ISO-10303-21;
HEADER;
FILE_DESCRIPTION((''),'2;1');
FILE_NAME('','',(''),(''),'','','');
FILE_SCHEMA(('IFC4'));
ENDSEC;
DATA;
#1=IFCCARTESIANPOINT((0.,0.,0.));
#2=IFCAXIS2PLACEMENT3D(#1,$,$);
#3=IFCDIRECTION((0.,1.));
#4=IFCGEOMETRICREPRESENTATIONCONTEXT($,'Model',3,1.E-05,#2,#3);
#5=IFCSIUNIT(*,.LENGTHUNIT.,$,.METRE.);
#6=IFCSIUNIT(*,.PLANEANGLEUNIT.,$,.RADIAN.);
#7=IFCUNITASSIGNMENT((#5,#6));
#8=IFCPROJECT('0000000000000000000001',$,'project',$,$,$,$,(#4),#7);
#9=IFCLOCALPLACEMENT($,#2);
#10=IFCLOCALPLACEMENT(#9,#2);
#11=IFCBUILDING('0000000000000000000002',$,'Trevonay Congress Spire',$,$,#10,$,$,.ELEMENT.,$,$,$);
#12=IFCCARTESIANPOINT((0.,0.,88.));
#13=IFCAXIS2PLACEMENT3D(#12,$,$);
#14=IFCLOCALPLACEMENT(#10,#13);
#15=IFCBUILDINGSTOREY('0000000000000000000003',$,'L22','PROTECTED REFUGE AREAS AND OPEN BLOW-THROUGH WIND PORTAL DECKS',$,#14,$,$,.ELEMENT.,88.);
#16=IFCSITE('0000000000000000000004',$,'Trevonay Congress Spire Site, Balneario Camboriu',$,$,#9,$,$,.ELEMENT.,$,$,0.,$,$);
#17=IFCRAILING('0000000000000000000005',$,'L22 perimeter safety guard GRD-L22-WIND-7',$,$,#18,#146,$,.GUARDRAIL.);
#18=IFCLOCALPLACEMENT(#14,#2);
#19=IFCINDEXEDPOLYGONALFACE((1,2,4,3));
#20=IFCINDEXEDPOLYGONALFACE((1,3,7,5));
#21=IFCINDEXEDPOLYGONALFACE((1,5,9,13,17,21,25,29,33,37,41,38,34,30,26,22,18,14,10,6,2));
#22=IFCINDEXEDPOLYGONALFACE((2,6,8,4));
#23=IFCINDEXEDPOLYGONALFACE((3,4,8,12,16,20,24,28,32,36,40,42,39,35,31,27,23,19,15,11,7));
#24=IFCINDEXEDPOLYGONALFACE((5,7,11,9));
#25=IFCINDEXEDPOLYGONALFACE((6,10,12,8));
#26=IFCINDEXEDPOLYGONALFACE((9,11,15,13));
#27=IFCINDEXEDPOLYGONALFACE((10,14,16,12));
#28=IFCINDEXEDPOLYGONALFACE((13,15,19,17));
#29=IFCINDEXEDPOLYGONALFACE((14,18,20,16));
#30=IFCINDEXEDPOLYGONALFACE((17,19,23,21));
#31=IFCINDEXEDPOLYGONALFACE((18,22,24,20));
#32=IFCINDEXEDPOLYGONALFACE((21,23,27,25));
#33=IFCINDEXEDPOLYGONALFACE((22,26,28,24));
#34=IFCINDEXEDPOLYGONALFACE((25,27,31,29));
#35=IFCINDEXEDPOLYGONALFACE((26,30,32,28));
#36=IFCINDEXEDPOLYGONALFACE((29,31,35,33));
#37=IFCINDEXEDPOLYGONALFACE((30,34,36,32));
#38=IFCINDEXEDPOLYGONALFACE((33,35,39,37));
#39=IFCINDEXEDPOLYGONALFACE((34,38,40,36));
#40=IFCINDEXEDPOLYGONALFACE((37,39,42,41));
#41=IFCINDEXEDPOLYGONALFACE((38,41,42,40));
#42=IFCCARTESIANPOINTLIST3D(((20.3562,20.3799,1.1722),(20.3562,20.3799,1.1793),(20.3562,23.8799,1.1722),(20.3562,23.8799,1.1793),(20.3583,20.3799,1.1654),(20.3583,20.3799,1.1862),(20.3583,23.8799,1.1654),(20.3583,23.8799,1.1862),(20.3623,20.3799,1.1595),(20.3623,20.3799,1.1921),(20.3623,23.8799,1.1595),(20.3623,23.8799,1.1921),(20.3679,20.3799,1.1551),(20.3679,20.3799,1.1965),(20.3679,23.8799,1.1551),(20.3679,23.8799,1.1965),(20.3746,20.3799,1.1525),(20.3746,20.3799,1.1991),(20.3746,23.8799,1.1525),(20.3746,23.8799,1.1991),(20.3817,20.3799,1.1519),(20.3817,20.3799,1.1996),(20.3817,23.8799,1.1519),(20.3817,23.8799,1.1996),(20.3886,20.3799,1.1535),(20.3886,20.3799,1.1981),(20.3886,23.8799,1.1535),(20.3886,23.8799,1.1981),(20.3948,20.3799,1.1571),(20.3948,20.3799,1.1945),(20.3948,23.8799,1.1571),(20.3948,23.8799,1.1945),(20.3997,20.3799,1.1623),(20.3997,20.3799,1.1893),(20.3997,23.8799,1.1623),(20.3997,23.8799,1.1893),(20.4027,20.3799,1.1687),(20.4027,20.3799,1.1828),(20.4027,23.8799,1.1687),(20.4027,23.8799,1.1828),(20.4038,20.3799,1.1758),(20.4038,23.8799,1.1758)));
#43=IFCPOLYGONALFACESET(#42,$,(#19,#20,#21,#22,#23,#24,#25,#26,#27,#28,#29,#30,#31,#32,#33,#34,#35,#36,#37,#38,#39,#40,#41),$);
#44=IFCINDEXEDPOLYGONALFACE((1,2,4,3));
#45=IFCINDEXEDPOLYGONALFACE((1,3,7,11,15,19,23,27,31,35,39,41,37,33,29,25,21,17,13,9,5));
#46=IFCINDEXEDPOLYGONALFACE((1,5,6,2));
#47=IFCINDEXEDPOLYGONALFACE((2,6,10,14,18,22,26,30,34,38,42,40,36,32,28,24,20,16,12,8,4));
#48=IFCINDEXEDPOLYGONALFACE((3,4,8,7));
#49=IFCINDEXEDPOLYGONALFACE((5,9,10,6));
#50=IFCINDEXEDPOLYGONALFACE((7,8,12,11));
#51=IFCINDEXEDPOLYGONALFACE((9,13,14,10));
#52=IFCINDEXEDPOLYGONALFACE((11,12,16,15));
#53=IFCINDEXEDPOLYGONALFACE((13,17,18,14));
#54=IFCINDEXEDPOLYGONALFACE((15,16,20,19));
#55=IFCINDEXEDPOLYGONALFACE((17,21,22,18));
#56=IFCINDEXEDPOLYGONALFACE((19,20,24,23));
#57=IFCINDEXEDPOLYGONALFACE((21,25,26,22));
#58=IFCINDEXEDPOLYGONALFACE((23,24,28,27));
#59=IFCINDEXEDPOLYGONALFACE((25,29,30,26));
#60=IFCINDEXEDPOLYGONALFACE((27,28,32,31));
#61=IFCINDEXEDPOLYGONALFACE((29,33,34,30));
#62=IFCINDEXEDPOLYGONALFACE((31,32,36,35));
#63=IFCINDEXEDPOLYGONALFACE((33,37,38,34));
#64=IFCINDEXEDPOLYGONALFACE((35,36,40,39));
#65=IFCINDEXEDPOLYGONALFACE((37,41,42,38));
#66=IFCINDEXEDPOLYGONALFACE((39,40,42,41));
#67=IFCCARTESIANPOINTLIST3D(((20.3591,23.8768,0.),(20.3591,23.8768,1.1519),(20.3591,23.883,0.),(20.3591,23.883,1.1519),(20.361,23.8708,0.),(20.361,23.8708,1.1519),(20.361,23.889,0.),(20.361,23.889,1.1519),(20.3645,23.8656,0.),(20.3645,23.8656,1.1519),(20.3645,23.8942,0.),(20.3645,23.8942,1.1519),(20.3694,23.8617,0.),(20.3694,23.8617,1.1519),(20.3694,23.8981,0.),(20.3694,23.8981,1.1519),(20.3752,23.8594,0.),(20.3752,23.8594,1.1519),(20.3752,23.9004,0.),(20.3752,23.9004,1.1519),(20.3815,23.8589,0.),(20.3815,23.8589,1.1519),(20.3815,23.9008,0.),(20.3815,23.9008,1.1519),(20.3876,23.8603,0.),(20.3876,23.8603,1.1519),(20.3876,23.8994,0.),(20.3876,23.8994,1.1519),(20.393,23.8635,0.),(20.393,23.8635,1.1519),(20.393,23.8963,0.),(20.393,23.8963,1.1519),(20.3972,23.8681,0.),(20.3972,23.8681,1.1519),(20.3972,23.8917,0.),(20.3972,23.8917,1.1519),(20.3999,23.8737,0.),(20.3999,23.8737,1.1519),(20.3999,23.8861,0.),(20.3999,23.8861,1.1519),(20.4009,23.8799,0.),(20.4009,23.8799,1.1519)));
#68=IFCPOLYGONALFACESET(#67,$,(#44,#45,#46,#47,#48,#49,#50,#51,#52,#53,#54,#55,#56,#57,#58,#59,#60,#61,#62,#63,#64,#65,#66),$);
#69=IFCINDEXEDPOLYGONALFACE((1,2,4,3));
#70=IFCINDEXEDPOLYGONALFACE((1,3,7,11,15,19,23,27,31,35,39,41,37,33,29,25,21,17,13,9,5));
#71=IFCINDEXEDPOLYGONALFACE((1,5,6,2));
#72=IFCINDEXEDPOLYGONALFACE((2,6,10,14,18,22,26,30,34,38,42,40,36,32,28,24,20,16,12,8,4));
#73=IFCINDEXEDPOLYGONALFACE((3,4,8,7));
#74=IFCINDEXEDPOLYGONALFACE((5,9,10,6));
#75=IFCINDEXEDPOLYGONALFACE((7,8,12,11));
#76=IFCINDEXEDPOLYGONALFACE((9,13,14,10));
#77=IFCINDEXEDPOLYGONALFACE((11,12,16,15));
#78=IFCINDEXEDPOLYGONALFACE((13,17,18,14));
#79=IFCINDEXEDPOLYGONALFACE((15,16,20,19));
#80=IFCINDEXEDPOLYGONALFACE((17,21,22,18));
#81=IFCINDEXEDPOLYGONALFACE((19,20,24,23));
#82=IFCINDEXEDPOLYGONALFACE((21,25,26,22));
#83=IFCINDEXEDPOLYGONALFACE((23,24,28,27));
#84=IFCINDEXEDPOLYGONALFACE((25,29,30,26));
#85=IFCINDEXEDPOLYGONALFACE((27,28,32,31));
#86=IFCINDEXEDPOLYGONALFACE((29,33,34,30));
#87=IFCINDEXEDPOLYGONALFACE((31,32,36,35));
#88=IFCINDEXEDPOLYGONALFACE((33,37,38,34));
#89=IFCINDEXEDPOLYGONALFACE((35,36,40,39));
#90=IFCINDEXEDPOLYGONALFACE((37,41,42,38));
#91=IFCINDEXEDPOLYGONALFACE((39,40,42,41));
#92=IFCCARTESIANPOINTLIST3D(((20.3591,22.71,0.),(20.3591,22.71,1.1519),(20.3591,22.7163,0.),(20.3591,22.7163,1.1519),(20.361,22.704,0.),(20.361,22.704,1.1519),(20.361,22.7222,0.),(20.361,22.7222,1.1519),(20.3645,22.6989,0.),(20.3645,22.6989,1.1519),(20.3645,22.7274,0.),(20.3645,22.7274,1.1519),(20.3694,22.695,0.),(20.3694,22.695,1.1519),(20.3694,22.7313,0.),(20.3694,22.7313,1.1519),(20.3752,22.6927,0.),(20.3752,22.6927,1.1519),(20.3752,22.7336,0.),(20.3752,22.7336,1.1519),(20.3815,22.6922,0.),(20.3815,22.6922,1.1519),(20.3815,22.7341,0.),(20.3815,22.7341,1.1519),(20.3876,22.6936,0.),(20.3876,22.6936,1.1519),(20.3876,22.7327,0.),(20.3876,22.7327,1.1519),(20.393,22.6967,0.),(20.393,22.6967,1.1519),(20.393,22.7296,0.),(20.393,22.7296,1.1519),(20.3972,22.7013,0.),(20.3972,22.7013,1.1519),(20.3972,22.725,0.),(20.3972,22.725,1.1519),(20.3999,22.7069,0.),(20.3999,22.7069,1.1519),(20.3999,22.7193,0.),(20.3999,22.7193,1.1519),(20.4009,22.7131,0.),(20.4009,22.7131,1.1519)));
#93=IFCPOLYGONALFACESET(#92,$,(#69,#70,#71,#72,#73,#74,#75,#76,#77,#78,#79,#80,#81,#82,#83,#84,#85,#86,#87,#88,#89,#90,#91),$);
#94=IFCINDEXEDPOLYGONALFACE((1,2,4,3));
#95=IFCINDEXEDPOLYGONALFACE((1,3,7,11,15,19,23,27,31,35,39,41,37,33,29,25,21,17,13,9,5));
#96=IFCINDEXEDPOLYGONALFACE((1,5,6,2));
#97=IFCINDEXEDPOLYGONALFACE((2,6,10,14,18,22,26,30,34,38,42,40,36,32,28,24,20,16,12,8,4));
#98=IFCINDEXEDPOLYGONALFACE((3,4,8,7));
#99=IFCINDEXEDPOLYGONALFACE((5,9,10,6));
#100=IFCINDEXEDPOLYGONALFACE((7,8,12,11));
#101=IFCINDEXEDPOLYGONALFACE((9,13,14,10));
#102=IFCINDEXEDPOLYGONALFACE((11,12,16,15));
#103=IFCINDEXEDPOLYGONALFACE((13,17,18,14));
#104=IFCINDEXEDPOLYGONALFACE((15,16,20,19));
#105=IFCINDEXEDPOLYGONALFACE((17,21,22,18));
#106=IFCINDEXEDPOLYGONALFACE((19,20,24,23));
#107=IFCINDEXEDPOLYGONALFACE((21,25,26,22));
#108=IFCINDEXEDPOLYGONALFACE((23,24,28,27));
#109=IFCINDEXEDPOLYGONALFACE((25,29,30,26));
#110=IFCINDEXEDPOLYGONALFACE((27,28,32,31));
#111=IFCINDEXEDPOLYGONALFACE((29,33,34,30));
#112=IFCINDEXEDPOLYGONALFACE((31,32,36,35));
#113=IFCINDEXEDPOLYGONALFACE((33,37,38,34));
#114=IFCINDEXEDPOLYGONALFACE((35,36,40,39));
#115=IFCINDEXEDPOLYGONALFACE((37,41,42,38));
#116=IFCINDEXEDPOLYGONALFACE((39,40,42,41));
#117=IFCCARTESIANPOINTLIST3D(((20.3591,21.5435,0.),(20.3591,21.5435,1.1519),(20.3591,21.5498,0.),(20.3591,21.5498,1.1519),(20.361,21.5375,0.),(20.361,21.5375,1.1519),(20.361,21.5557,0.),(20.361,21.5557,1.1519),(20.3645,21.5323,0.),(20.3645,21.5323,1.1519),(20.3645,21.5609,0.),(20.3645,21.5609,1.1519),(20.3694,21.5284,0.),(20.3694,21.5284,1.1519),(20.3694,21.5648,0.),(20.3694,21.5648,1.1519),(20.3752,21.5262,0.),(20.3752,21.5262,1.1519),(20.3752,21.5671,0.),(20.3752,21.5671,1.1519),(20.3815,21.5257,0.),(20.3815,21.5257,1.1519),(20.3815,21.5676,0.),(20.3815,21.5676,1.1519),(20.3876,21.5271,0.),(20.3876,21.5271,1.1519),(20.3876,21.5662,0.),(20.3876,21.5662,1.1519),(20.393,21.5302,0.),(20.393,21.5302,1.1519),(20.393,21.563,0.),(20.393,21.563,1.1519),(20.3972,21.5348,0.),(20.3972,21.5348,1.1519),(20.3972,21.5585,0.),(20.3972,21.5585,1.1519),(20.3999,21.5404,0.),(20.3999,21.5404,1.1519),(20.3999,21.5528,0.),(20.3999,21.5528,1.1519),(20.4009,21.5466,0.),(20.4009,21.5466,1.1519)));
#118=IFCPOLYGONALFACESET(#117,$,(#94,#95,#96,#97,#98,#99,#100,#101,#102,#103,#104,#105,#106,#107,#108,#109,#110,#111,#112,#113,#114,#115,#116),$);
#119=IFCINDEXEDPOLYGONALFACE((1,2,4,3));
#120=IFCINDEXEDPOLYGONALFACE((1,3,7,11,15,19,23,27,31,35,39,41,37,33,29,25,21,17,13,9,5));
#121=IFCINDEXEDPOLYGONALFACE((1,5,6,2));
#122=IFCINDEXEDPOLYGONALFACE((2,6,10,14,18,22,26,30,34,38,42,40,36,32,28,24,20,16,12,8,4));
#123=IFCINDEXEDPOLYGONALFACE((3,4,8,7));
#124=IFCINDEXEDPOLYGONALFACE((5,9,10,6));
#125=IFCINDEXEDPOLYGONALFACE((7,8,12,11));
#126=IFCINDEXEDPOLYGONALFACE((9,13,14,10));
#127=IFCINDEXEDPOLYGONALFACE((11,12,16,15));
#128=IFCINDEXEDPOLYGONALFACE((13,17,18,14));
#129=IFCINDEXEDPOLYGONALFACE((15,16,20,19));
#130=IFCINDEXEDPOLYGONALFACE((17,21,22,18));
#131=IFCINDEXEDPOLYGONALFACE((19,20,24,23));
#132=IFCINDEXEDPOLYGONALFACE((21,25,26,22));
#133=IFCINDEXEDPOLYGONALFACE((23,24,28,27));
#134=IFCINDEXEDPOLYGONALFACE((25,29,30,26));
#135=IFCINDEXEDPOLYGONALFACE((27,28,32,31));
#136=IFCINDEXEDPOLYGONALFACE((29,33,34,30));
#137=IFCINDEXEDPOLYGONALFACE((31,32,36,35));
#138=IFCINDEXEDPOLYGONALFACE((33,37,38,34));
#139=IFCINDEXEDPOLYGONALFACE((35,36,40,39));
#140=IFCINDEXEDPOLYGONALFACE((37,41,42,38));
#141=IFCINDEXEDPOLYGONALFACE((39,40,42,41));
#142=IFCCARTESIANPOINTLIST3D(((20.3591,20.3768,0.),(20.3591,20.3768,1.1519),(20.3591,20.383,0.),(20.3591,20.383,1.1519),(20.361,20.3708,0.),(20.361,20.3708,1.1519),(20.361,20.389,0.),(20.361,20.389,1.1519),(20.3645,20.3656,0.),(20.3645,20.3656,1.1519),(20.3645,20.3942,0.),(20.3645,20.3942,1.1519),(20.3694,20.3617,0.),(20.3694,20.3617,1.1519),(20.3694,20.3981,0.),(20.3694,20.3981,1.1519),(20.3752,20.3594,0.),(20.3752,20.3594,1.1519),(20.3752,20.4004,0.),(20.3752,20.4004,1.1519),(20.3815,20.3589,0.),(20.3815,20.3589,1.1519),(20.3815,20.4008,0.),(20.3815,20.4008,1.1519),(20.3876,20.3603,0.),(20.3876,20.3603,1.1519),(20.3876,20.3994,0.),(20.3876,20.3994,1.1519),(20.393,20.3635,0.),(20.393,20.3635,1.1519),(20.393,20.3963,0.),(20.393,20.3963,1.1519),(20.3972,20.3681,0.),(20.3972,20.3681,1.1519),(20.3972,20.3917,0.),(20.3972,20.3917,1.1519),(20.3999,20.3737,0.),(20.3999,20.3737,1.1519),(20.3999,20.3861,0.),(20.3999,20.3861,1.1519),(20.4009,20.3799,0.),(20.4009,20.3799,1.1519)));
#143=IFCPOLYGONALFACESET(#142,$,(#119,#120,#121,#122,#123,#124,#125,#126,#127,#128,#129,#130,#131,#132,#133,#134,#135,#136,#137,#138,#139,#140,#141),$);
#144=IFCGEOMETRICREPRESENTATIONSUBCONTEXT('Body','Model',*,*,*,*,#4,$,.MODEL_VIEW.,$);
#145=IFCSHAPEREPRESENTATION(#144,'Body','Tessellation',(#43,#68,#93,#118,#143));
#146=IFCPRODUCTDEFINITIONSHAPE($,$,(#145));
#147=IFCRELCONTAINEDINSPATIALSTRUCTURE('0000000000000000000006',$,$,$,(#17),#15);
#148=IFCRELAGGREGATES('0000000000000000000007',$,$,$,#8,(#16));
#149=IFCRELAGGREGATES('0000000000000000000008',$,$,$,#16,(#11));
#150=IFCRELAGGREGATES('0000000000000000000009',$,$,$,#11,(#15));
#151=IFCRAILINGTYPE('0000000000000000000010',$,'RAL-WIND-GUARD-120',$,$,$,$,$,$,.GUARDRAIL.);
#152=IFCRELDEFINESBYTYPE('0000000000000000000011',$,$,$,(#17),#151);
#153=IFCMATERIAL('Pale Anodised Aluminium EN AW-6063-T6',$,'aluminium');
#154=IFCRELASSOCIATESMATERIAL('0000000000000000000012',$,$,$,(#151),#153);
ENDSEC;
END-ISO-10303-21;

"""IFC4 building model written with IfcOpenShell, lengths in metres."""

from ifc_helpers import new_model, si_unit, direction, frame, origin, origin_2d, place, context, subcontext, project, spatial, circle, extrude, material, type_object, element, save


model = new_model("IFC4")

# Units and contexts
model_context = context("Model", 3, precision=1e-05, world=origin(), true_north=direction((0.0, 1.0)))
body_context = subcontext(model_context, "Body", "Model", "MODEL_VIEW")
ifc_project = project(units=[si_unit("LENGTHUNIT", "METRE"), si_unit("PLANEANGLEUNIT", "RADIAN")], contexts=[model_context])

# Site, building, storey
site_placement = place(None, origin())
site = spatial("IfcSite", under=ifc_project, at=site_placement, Name="Trevonay Congress Spire Site, Balneario Camboriu", CompositionType="ELEMENT", RefElevation=0.0)
building_placement = place(site_placement, origin())
building = spatial("IfcBuilding", under=site, at=building_placement, Name="Trevonay Congress Spire", CompositionType="ELEMENT")
storey_placement = place(building_placement, frame((0.0, 0.0, 88.0)))
storey = spatial("IfcBuildingStorey", under=building, at=storey_placement, Name="L22", Description="PROTECTED REFUGE AREAS AND OPEN BLOW-THROUGH WIND PORTAL DECKS", CompositionType="ELEMENT", Elevation=88.0)

# Railing
ifc_material_1 = material(Name="Pale Anodised Aluminium EN AW-6063-T6", Category="aluminium")
railing_type = type_object("IfcRailingType", Name="RAL-WIND-GUARD-120", PredefinedType="GUARDRAIL", material=ifc_material_1)
railing_1_placement = place(storey_placement, frame((20.3799, 23.8799, 0.0)))
element("IfcRailing", 1, at=railing_1_placement, inside=storey, type_object=railing_type, Name="L22 perimeter safety guard GRD-L22-WIND-7", PredefinedType="GUARDRAIL", context=body_context, shape_type="SweptSolid", body=[
    extrude(circle(Radius=0.0239, at=origin_2d()), frame((0.0, 0.0, 1.1758), z_axis=(0.0, -1.0, 0.0), x_axis=(1.0, 0.0, 0.0)), (0.0, 0.0, 1.0), 3.5),
    extrude(circle(Radius=0.021, at=origin_2d()), origin(), (0.0, 0.0, 1.0), 1.1519),
    extrude(circle(Radius=0.021, at=origin_2d()), frame((0.0, -1.1667, 0.0)), (0.0, 0.0, 1.0), 1.1519),
    extrude(circle(Radius=0.021, at=origin_2d()), frame((0.0, -2.3333, 0.0)), (0.0, 0.0, 1.0), 1.1519),
    extrude(circle(Radius=0.021, at=origin_2d()), frame((0.0, -3.5, 0.0)), (0.0, 0.0, 1.0), 1.1519),
])

save(model, "model.ifc")
